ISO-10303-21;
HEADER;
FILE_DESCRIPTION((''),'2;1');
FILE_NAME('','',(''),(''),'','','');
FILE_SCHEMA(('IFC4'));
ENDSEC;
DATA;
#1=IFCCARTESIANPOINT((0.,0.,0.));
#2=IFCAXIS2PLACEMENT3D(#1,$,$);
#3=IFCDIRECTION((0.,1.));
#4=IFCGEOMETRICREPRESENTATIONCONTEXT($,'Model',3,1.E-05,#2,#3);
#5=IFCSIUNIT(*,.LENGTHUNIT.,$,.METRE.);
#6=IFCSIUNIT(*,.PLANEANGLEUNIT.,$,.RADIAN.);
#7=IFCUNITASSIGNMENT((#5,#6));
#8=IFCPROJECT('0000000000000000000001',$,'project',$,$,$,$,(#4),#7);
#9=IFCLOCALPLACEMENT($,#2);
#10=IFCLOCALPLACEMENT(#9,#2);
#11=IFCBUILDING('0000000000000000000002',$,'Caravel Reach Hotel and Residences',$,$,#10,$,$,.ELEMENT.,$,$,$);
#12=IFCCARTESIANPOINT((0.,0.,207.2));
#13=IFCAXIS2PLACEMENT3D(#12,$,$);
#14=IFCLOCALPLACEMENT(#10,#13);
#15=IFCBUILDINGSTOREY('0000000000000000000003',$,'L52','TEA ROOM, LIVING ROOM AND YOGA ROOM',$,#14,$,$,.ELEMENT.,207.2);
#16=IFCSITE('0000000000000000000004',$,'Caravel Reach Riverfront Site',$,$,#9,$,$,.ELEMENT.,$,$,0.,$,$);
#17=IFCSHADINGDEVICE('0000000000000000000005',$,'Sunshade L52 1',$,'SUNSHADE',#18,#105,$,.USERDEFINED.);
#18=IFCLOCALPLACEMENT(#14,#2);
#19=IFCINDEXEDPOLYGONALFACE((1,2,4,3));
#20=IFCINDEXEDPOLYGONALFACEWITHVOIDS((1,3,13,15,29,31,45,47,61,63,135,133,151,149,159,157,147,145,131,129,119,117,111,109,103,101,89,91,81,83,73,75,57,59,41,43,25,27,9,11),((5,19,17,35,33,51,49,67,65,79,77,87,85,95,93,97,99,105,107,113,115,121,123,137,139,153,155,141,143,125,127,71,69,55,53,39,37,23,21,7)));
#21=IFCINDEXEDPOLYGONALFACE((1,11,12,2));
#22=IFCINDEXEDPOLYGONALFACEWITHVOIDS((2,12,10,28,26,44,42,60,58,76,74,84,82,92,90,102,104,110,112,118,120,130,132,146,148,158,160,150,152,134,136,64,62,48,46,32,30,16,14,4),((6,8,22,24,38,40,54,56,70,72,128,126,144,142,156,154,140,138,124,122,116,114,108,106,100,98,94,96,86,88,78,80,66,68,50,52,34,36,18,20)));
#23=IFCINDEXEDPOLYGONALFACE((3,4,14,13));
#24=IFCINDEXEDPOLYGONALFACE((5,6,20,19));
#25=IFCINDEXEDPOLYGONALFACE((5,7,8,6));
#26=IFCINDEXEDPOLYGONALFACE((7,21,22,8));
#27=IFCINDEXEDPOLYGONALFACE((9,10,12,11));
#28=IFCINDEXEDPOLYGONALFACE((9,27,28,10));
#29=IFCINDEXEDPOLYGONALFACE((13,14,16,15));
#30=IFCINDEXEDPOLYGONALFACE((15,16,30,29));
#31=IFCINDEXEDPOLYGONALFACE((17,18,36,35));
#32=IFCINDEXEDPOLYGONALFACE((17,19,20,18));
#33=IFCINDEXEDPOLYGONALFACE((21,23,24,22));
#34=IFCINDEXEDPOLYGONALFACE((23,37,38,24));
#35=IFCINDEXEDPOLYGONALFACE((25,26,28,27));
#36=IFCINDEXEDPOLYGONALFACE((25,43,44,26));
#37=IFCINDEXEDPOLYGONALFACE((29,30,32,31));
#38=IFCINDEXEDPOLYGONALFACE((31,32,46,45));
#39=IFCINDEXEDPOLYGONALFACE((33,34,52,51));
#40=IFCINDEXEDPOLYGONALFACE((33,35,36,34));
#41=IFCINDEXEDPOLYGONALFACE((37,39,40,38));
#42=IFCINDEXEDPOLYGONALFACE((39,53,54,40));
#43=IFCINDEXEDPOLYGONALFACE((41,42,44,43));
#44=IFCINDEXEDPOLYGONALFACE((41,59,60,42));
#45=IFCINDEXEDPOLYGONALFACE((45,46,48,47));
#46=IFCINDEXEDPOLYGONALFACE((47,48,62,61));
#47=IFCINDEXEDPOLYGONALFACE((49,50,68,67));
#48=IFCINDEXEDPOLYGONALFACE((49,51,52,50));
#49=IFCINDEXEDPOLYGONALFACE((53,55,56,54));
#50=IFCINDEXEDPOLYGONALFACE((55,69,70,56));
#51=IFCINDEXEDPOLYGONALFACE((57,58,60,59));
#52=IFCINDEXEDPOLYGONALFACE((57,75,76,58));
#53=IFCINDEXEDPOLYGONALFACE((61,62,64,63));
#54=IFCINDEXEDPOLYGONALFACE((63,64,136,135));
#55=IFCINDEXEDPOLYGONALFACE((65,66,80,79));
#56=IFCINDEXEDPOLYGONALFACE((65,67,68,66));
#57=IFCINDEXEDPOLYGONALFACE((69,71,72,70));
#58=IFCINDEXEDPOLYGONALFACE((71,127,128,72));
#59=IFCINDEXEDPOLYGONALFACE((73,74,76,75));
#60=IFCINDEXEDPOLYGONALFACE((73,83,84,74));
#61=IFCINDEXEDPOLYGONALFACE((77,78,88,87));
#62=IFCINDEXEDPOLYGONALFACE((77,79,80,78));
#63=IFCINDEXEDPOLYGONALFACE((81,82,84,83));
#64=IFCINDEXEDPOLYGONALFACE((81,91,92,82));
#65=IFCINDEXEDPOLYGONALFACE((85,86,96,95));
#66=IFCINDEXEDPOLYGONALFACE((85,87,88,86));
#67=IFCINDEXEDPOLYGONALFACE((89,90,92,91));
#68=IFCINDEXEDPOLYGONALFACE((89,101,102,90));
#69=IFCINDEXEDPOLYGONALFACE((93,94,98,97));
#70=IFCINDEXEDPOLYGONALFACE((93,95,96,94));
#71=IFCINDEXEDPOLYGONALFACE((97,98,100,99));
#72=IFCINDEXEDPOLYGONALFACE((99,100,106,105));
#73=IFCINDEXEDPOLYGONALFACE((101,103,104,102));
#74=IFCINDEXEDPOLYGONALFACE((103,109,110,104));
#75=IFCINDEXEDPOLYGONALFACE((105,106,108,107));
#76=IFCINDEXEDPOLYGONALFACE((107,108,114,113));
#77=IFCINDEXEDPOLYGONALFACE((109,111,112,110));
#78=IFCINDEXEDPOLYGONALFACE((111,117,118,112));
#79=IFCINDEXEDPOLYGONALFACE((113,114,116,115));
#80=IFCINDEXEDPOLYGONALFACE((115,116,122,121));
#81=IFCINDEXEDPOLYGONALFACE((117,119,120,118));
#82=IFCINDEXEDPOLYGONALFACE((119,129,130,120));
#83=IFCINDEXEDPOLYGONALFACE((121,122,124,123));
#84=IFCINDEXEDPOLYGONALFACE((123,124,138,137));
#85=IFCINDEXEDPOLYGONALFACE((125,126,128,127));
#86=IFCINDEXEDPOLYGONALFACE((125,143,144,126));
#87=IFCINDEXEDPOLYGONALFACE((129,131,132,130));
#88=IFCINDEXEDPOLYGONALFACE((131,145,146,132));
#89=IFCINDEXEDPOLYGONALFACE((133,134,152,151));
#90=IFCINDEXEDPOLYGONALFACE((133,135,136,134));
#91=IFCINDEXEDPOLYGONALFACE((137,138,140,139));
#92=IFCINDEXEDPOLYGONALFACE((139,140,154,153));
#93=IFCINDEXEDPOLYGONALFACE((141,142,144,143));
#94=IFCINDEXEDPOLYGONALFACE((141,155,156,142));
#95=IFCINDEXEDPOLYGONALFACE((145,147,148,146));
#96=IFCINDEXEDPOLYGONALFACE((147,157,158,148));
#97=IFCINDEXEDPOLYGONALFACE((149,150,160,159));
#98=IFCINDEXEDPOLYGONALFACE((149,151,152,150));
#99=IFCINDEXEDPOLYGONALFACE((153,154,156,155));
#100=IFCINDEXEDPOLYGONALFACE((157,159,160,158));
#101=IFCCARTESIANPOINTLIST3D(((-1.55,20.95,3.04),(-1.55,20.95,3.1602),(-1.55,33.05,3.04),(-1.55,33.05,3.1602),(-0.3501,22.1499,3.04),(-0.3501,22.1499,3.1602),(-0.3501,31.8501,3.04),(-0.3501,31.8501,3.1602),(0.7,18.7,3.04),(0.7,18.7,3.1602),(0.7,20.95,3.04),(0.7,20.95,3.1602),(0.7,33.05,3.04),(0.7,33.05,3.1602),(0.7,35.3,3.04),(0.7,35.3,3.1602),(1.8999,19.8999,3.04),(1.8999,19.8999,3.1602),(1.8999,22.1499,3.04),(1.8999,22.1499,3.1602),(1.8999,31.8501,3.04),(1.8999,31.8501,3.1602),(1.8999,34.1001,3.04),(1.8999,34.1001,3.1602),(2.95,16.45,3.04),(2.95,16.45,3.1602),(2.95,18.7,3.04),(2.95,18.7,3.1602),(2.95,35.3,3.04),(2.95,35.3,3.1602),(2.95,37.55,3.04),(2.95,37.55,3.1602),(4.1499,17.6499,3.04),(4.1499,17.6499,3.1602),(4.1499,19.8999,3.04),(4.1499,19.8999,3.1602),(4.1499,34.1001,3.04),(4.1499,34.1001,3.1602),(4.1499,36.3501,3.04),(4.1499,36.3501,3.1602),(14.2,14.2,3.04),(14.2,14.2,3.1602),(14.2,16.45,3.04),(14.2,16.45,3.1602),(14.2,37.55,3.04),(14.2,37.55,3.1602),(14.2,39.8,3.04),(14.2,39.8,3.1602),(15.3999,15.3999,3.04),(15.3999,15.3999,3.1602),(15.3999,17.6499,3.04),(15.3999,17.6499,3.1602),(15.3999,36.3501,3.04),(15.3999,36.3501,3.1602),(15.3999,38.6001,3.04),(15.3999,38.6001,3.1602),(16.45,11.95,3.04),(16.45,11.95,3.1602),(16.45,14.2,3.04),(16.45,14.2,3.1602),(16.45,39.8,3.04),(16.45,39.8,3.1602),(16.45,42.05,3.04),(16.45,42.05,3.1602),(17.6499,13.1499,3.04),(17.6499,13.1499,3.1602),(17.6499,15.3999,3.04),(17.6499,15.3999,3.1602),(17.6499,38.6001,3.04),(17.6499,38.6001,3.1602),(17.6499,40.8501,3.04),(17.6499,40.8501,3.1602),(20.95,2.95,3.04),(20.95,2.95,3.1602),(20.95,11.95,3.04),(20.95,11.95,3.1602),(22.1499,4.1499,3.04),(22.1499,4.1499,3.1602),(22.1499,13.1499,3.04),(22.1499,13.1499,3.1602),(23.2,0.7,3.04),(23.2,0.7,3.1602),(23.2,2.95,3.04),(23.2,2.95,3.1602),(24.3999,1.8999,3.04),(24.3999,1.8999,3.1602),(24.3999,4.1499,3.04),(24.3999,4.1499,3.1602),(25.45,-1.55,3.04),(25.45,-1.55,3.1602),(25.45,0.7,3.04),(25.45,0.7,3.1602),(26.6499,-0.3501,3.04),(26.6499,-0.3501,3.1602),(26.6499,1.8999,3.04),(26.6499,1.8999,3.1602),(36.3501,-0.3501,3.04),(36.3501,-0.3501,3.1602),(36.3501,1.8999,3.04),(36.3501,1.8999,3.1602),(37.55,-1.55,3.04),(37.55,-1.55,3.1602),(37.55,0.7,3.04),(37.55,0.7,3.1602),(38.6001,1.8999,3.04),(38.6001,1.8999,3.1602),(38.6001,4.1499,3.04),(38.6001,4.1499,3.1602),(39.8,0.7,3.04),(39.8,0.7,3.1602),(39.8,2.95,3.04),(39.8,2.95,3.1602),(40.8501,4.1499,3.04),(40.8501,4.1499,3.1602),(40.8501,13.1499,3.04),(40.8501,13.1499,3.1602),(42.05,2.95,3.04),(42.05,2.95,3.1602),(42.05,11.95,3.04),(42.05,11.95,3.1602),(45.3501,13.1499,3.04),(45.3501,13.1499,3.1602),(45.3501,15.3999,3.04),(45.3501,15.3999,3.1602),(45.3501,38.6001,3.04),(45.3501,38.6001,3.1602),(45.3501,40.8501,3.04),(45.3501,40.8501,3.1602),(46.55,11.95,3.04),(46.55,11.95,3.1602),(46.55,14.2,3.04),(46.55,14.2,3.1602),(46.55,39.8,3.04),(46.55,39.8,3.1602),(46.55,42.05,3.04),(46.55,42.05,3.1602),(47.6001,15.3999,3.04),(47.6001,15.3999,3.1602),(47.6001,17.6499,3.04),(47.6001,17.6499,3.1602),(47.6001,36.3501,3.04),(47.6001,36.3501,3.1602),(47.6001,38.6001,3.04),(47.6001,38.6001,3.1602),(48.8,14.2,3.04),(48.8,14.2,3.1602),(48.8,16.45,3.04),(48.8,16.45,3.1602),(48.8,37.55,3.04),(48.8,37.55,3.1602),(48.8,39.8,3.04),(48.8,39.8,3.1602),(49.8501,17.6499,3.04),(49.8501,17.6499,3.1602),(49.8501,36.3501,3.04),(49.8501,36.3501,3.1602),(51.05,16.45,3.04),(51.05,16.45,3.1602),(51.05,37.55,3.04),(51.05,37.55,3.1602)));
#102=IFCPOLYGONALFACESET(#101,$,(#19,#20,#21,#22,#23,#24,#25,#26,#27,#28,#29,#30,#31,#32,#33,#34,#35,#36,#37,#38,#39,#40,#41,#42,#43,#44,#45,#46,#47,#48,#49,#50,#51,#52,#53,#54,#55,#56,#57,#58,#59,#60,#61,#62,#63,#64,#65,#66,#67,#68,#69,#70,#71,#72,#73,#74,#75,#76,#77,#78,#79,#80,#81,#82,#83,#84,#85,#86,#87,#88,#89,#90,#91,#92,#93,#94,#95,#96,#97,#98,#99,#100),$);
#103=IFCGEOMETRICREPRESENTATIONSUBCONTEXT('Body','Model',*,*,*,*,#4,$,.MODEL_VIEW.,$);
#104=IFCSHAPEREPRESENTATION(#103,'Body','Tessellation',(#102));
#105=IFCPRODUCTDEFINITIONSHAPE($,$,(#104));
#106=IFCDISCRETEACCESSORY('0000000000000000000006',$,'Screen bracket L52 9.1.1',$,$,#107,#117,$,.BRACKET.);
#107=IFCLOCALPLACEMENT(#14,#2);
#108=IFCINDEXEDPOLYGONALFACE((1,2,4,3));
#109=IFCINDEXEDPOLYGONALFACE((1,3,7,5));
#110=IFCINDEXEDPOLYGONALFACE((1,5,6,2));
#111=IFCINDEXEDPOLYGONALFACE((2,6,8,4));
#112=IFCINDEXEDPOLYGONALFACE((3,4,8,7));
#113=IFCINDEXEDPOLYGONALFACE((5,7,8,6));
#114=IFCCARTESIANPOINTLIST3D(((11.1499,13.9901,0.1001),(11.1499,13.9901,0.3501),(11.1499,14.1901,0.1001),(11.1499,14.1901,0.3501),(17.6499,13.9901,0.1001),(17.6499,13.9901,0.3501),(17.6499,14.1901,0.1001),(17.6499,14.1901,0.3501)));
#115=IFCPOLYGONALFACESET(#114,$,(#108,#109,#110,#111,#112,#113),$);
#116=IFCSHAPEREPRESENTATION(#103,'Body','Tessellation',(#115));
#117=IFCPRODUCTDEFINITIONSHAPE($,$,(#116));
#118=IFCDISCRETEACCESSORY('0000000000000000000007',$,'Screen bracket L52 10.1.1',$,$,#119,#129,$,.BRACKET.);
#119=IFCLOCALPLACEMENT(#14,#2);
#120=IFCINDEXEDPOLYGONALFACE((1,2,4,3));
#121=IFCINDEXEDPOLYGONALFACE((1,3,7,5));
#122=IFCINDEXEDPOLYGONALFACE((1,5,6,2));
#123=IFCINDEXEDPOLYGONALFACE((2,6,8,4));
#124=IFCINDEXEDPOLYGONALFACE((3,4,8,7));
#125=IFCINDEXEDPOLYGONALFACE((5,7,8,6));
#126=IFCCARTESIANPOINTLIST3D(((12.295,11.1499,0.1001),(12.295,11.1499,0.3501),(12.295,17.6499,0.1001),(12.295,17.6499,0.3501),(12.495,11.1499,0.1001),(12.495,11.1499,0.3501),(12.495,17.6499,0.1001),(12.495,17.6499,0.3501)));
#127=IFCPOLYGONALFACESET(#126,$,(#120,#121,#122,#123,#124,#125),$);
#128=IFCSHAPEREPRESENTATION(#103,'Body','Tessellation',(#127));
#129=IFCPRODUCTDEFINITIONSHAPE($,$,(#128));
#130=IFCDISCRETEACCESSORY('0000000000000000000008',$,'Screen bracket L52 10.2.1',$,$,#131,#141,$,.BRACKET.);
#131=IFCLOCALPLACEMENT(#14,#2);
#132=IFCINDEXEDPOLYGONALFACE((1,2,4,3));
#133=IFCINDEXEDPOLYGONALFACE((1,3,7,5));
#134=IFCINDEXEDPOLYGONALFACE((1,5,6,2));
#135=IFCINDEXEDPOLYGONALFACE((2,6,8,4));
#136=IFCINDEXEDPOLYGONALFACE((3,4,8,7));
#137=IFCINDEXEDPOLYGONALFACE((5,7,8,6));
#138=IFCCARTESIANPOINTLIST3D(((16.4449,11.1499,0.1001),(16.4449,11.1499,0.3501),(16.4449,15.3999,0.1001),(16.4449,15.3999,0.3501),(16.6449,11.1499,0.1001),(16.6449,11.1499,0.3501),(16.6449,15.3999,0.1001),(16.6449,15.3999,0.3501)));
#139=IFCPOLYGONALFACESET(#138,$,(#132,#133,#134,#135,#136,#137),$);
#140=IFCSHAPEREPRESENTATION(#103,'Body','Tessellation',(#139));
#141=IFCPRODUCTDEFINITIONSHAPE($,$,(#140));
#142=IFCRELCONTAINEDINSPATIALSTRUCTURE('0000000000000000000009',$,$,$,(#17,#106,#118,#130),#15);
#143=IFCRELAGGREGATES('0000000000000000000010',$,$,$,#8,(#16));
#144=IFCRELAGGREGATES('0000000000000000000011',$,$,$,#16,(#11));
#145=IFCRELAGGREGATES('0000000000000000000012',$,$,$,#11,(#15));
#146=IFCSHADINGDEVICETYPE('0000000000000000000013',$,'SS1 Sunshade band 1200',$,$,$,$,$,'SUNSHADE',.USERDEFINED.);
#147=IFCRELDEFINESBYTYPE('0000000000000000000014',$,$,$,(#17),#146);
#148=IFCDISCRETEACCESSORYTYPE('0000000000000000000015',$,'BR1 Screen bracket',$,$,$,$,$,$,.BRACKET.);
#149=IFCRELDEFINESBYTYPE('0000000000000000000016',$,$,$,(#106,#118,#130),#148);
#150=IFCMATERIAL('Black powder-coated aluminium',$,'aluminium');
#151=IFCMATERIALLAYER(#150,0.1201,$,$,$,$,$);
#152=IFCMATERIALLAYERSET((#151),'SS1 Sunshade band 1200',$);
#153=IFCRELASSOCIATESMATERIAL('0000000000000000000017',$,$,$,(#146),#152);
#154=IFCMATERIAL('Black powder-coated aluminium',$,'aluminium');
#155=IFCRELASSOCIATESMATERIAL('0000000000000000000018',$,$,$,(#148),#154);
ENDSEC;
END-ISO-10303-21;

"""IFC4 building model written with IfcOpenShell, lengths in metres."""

from ifc_helpers import new_model, si_unit, direction, frame, origin, origin_2d, place, context, subcontext, project, spatial, polyline, rectangle, outline, extrude, material, layer, layer_set, type_object, element, save


model = new_model("IFC4")

# Units and contexts
model_context = context("Model", 3, precision=1e-05, world=origin(), true_north=direction((0.0, 1.0)))
body_context = subcontext(model_context, "Body", "Model", "MODEL_VIEW")
ifc_project = project(units=[si_unit("LENGTHUNIT", "METRE"), si_unit("PLANEANGLEUNIT", "RADIAN")], contexts=[model_context])

# Site, building, storey
site_placement = place(None, origin())
site = spatial("IfcSite", under=ifc_project, at=site_placement, Name="Caravel Reach Riverfront Site", CompositionType="ELEMENT", RefElevation=0.0)
building_placement = place(site_placement, origin())
building = spatial("IfcBuilding", under=site, at=building_placement, Name="Caravel Reach Hotel and Residences", CompositionType="ELEMENT")
storey_placement = place(building_placement, frame((0.0, 0.0, 207.2)))
storey = spatial("IfcBuildingStorey", under=building, at=storey_placement, Name="L52", Description="TEA ROOM, LIVING ROOM AND YOGA ROOM", CompositionType="ELEMENT", Elevation=207.2)

# Shading device
ifc_material_1 = material(Name="Black powder-coated aluminium", Category="aluminium")
ifc_layer_1 = layer(ifc_material_1, 0.1201)
ifc_layer_set_1 = layer_set([ifc_layer_1], Name="SS1 Sunshade band 1200")
shading_device_type_1 = type_object("IfcShadingDeviceType", Name="SS1 Sunshade band 1200", ElementType="SUNSHADE", PredefinedType="USERDEFINED", material=ifc_layer_set_1)
shading_device_1_placement = place(storey_placement, frame((0.0, 0.0, 3.04)))
element("IfcShadingDevice", 1, at=shading_device_1_placement, inside=storey, type_object=shading_device_type_1, Name="Sunshade L52 1", ObjectType="SUNSHADE", PredefinedType="USERDEFINED", context=body_context, shape_type="SweptSolid", body=[
    extrude(outline(polyline([(42.05, 2.95), (42.05, 11.95), (46.55, 11.95), (46.55, 14.2), (48.8, 14.2), (48.8, 16.45), (51.05, 16.45), (51.05, 37.55), (48.8, 37.55), (48.8, 39.8), (46.55, 39.8), (46.55, 42.05), (16.45, 42.05), (16.45, 39.8), (14.2, 39.8), (14.2, 37.55), (2.95, 37.55), (2.95, 35.3), (0.7, 35.3), (0.7, 33.05), (-1.55, 33.05), (-1.55, 20.95), (0.7, 20.95), (0.7, 18.7), (2.95, 18.7), (2.95, 16.45), (14.2, 16.45), (14.2, 14.2), (16.45, 14.2), (16.45, 11.95), (20.95, 11.95), (20.95, 2.95), (23.2, 2.95), (23.2, 0.7), (25.45, 0.7), (25.45, -1.55), (37.55, -1.55), (37.55, 0.7), (39.8, 0.7), (39.8, 2.95), (42.05, 2.95)]), holes=[polyline([(45.3501, 13.1499), (40.8501, 13.1499), (40.8501, 4.1499), (38.6001, 4.1499), (38.6001, 1.8999), (36.3501, 1.8999), (36.3501, -0.3501), (26.6499, -0.3501), (26.6499, 1.8999), (24.3999, 1.8999), (24.3999, 4.1499), (22.1499, 4.1499), (22.1499, 13.1499), (17.6499, 13.1499), (17.6499, 15.3999), (15.3999, 15.3999), (15.3999, 17.6499), (4.1499, 17.6499), (4.1499, 19.8999), (1.8999, 19.8999), (1.8999, 22.1499), (-0.3501, 22.1499), (-0.3501, 31.8501), (1.8999, 31.8501), (1.8999, 34.1001), (4.1499, 34.1001), (4.1499, 36.3501), (15.3999, 36.3501), (15.3999, 38.6001), (17.6499, 38.6001), (17.6499, 40.8501), (45.3501, 40.8501), (45.3501, 38.6001), (47.6001, 38.6001), (47.6001, 36.3501), (49.8501, 36.3501), (49.8501, 17.6499), (47.6001, 17.6499), (47.6001, 15.3999), (45.3501, 15.3999), (45.3501, 13.1499)])]), origin(), (0.0, 0.0, 1.0), 0.1201),
])

# Discrete accessories
ifc_material_2 = material(Name="Black powder-coated aluminium", Category="aluminium")
discrete_accessory_type = type_object("IfcDiscreteAccessoryType", Name="BR1 Screen bracket", PredefinedType="BRACKET", material=ifc_material_2)
for number, where, z_axis, x_axis, name in (
    (2, (14.3999, 14.0901, 0.1001), (0.0, 0.0, 1.0), (-1.0, 0.0, 0.0), "Screen bracket L52 9.1.1"),
    (3, (12.395, 14.3999, 0.1001), (0.0, 0.0, 1.0), (0.0, -1.0, 0.0), "Screen bracket L52 10.1.1"),
):
    element("IfcDiscreteAccessory", number, at=place(storey_placement, frame(where, z_axis=z_axis, x_axis=x_axis)), inside=storey, type_object=discrete_accessory_type, Name=name, PredefinedType="BRACKET", context=body_context, shape_type="SweptSolid", body=[
        extrude(rectangle(XDim=6.5, YDim=0.2, at=origin_2d()), origin(), (0.0, 0.0, 1.0), 0.25),
    ])
discrete_accessory_placement = place(storey_placement, frame((16.5449, 13.2749, 0.1001), z_axis=(0.0, 0.0, 1.0), x_axis=(0.0, -1.0, 0.0)))
element("IfcDiscreteAccessory", 4, at=discrete_accessory_placement, inside=storey, type_object=discrete_accessory_type, Name="Screen bracket L52 10.2.1", PredefinedType="BRACKET", context=body_context, shape_type="SweptSolid", body=[
    extrude(rectangle(XDim=4.25, YDim=0.2, at=origin_2d()), origin(), (0.0, 0.0, 1.0), 0.25),
])

save(model, "model.ifc")
